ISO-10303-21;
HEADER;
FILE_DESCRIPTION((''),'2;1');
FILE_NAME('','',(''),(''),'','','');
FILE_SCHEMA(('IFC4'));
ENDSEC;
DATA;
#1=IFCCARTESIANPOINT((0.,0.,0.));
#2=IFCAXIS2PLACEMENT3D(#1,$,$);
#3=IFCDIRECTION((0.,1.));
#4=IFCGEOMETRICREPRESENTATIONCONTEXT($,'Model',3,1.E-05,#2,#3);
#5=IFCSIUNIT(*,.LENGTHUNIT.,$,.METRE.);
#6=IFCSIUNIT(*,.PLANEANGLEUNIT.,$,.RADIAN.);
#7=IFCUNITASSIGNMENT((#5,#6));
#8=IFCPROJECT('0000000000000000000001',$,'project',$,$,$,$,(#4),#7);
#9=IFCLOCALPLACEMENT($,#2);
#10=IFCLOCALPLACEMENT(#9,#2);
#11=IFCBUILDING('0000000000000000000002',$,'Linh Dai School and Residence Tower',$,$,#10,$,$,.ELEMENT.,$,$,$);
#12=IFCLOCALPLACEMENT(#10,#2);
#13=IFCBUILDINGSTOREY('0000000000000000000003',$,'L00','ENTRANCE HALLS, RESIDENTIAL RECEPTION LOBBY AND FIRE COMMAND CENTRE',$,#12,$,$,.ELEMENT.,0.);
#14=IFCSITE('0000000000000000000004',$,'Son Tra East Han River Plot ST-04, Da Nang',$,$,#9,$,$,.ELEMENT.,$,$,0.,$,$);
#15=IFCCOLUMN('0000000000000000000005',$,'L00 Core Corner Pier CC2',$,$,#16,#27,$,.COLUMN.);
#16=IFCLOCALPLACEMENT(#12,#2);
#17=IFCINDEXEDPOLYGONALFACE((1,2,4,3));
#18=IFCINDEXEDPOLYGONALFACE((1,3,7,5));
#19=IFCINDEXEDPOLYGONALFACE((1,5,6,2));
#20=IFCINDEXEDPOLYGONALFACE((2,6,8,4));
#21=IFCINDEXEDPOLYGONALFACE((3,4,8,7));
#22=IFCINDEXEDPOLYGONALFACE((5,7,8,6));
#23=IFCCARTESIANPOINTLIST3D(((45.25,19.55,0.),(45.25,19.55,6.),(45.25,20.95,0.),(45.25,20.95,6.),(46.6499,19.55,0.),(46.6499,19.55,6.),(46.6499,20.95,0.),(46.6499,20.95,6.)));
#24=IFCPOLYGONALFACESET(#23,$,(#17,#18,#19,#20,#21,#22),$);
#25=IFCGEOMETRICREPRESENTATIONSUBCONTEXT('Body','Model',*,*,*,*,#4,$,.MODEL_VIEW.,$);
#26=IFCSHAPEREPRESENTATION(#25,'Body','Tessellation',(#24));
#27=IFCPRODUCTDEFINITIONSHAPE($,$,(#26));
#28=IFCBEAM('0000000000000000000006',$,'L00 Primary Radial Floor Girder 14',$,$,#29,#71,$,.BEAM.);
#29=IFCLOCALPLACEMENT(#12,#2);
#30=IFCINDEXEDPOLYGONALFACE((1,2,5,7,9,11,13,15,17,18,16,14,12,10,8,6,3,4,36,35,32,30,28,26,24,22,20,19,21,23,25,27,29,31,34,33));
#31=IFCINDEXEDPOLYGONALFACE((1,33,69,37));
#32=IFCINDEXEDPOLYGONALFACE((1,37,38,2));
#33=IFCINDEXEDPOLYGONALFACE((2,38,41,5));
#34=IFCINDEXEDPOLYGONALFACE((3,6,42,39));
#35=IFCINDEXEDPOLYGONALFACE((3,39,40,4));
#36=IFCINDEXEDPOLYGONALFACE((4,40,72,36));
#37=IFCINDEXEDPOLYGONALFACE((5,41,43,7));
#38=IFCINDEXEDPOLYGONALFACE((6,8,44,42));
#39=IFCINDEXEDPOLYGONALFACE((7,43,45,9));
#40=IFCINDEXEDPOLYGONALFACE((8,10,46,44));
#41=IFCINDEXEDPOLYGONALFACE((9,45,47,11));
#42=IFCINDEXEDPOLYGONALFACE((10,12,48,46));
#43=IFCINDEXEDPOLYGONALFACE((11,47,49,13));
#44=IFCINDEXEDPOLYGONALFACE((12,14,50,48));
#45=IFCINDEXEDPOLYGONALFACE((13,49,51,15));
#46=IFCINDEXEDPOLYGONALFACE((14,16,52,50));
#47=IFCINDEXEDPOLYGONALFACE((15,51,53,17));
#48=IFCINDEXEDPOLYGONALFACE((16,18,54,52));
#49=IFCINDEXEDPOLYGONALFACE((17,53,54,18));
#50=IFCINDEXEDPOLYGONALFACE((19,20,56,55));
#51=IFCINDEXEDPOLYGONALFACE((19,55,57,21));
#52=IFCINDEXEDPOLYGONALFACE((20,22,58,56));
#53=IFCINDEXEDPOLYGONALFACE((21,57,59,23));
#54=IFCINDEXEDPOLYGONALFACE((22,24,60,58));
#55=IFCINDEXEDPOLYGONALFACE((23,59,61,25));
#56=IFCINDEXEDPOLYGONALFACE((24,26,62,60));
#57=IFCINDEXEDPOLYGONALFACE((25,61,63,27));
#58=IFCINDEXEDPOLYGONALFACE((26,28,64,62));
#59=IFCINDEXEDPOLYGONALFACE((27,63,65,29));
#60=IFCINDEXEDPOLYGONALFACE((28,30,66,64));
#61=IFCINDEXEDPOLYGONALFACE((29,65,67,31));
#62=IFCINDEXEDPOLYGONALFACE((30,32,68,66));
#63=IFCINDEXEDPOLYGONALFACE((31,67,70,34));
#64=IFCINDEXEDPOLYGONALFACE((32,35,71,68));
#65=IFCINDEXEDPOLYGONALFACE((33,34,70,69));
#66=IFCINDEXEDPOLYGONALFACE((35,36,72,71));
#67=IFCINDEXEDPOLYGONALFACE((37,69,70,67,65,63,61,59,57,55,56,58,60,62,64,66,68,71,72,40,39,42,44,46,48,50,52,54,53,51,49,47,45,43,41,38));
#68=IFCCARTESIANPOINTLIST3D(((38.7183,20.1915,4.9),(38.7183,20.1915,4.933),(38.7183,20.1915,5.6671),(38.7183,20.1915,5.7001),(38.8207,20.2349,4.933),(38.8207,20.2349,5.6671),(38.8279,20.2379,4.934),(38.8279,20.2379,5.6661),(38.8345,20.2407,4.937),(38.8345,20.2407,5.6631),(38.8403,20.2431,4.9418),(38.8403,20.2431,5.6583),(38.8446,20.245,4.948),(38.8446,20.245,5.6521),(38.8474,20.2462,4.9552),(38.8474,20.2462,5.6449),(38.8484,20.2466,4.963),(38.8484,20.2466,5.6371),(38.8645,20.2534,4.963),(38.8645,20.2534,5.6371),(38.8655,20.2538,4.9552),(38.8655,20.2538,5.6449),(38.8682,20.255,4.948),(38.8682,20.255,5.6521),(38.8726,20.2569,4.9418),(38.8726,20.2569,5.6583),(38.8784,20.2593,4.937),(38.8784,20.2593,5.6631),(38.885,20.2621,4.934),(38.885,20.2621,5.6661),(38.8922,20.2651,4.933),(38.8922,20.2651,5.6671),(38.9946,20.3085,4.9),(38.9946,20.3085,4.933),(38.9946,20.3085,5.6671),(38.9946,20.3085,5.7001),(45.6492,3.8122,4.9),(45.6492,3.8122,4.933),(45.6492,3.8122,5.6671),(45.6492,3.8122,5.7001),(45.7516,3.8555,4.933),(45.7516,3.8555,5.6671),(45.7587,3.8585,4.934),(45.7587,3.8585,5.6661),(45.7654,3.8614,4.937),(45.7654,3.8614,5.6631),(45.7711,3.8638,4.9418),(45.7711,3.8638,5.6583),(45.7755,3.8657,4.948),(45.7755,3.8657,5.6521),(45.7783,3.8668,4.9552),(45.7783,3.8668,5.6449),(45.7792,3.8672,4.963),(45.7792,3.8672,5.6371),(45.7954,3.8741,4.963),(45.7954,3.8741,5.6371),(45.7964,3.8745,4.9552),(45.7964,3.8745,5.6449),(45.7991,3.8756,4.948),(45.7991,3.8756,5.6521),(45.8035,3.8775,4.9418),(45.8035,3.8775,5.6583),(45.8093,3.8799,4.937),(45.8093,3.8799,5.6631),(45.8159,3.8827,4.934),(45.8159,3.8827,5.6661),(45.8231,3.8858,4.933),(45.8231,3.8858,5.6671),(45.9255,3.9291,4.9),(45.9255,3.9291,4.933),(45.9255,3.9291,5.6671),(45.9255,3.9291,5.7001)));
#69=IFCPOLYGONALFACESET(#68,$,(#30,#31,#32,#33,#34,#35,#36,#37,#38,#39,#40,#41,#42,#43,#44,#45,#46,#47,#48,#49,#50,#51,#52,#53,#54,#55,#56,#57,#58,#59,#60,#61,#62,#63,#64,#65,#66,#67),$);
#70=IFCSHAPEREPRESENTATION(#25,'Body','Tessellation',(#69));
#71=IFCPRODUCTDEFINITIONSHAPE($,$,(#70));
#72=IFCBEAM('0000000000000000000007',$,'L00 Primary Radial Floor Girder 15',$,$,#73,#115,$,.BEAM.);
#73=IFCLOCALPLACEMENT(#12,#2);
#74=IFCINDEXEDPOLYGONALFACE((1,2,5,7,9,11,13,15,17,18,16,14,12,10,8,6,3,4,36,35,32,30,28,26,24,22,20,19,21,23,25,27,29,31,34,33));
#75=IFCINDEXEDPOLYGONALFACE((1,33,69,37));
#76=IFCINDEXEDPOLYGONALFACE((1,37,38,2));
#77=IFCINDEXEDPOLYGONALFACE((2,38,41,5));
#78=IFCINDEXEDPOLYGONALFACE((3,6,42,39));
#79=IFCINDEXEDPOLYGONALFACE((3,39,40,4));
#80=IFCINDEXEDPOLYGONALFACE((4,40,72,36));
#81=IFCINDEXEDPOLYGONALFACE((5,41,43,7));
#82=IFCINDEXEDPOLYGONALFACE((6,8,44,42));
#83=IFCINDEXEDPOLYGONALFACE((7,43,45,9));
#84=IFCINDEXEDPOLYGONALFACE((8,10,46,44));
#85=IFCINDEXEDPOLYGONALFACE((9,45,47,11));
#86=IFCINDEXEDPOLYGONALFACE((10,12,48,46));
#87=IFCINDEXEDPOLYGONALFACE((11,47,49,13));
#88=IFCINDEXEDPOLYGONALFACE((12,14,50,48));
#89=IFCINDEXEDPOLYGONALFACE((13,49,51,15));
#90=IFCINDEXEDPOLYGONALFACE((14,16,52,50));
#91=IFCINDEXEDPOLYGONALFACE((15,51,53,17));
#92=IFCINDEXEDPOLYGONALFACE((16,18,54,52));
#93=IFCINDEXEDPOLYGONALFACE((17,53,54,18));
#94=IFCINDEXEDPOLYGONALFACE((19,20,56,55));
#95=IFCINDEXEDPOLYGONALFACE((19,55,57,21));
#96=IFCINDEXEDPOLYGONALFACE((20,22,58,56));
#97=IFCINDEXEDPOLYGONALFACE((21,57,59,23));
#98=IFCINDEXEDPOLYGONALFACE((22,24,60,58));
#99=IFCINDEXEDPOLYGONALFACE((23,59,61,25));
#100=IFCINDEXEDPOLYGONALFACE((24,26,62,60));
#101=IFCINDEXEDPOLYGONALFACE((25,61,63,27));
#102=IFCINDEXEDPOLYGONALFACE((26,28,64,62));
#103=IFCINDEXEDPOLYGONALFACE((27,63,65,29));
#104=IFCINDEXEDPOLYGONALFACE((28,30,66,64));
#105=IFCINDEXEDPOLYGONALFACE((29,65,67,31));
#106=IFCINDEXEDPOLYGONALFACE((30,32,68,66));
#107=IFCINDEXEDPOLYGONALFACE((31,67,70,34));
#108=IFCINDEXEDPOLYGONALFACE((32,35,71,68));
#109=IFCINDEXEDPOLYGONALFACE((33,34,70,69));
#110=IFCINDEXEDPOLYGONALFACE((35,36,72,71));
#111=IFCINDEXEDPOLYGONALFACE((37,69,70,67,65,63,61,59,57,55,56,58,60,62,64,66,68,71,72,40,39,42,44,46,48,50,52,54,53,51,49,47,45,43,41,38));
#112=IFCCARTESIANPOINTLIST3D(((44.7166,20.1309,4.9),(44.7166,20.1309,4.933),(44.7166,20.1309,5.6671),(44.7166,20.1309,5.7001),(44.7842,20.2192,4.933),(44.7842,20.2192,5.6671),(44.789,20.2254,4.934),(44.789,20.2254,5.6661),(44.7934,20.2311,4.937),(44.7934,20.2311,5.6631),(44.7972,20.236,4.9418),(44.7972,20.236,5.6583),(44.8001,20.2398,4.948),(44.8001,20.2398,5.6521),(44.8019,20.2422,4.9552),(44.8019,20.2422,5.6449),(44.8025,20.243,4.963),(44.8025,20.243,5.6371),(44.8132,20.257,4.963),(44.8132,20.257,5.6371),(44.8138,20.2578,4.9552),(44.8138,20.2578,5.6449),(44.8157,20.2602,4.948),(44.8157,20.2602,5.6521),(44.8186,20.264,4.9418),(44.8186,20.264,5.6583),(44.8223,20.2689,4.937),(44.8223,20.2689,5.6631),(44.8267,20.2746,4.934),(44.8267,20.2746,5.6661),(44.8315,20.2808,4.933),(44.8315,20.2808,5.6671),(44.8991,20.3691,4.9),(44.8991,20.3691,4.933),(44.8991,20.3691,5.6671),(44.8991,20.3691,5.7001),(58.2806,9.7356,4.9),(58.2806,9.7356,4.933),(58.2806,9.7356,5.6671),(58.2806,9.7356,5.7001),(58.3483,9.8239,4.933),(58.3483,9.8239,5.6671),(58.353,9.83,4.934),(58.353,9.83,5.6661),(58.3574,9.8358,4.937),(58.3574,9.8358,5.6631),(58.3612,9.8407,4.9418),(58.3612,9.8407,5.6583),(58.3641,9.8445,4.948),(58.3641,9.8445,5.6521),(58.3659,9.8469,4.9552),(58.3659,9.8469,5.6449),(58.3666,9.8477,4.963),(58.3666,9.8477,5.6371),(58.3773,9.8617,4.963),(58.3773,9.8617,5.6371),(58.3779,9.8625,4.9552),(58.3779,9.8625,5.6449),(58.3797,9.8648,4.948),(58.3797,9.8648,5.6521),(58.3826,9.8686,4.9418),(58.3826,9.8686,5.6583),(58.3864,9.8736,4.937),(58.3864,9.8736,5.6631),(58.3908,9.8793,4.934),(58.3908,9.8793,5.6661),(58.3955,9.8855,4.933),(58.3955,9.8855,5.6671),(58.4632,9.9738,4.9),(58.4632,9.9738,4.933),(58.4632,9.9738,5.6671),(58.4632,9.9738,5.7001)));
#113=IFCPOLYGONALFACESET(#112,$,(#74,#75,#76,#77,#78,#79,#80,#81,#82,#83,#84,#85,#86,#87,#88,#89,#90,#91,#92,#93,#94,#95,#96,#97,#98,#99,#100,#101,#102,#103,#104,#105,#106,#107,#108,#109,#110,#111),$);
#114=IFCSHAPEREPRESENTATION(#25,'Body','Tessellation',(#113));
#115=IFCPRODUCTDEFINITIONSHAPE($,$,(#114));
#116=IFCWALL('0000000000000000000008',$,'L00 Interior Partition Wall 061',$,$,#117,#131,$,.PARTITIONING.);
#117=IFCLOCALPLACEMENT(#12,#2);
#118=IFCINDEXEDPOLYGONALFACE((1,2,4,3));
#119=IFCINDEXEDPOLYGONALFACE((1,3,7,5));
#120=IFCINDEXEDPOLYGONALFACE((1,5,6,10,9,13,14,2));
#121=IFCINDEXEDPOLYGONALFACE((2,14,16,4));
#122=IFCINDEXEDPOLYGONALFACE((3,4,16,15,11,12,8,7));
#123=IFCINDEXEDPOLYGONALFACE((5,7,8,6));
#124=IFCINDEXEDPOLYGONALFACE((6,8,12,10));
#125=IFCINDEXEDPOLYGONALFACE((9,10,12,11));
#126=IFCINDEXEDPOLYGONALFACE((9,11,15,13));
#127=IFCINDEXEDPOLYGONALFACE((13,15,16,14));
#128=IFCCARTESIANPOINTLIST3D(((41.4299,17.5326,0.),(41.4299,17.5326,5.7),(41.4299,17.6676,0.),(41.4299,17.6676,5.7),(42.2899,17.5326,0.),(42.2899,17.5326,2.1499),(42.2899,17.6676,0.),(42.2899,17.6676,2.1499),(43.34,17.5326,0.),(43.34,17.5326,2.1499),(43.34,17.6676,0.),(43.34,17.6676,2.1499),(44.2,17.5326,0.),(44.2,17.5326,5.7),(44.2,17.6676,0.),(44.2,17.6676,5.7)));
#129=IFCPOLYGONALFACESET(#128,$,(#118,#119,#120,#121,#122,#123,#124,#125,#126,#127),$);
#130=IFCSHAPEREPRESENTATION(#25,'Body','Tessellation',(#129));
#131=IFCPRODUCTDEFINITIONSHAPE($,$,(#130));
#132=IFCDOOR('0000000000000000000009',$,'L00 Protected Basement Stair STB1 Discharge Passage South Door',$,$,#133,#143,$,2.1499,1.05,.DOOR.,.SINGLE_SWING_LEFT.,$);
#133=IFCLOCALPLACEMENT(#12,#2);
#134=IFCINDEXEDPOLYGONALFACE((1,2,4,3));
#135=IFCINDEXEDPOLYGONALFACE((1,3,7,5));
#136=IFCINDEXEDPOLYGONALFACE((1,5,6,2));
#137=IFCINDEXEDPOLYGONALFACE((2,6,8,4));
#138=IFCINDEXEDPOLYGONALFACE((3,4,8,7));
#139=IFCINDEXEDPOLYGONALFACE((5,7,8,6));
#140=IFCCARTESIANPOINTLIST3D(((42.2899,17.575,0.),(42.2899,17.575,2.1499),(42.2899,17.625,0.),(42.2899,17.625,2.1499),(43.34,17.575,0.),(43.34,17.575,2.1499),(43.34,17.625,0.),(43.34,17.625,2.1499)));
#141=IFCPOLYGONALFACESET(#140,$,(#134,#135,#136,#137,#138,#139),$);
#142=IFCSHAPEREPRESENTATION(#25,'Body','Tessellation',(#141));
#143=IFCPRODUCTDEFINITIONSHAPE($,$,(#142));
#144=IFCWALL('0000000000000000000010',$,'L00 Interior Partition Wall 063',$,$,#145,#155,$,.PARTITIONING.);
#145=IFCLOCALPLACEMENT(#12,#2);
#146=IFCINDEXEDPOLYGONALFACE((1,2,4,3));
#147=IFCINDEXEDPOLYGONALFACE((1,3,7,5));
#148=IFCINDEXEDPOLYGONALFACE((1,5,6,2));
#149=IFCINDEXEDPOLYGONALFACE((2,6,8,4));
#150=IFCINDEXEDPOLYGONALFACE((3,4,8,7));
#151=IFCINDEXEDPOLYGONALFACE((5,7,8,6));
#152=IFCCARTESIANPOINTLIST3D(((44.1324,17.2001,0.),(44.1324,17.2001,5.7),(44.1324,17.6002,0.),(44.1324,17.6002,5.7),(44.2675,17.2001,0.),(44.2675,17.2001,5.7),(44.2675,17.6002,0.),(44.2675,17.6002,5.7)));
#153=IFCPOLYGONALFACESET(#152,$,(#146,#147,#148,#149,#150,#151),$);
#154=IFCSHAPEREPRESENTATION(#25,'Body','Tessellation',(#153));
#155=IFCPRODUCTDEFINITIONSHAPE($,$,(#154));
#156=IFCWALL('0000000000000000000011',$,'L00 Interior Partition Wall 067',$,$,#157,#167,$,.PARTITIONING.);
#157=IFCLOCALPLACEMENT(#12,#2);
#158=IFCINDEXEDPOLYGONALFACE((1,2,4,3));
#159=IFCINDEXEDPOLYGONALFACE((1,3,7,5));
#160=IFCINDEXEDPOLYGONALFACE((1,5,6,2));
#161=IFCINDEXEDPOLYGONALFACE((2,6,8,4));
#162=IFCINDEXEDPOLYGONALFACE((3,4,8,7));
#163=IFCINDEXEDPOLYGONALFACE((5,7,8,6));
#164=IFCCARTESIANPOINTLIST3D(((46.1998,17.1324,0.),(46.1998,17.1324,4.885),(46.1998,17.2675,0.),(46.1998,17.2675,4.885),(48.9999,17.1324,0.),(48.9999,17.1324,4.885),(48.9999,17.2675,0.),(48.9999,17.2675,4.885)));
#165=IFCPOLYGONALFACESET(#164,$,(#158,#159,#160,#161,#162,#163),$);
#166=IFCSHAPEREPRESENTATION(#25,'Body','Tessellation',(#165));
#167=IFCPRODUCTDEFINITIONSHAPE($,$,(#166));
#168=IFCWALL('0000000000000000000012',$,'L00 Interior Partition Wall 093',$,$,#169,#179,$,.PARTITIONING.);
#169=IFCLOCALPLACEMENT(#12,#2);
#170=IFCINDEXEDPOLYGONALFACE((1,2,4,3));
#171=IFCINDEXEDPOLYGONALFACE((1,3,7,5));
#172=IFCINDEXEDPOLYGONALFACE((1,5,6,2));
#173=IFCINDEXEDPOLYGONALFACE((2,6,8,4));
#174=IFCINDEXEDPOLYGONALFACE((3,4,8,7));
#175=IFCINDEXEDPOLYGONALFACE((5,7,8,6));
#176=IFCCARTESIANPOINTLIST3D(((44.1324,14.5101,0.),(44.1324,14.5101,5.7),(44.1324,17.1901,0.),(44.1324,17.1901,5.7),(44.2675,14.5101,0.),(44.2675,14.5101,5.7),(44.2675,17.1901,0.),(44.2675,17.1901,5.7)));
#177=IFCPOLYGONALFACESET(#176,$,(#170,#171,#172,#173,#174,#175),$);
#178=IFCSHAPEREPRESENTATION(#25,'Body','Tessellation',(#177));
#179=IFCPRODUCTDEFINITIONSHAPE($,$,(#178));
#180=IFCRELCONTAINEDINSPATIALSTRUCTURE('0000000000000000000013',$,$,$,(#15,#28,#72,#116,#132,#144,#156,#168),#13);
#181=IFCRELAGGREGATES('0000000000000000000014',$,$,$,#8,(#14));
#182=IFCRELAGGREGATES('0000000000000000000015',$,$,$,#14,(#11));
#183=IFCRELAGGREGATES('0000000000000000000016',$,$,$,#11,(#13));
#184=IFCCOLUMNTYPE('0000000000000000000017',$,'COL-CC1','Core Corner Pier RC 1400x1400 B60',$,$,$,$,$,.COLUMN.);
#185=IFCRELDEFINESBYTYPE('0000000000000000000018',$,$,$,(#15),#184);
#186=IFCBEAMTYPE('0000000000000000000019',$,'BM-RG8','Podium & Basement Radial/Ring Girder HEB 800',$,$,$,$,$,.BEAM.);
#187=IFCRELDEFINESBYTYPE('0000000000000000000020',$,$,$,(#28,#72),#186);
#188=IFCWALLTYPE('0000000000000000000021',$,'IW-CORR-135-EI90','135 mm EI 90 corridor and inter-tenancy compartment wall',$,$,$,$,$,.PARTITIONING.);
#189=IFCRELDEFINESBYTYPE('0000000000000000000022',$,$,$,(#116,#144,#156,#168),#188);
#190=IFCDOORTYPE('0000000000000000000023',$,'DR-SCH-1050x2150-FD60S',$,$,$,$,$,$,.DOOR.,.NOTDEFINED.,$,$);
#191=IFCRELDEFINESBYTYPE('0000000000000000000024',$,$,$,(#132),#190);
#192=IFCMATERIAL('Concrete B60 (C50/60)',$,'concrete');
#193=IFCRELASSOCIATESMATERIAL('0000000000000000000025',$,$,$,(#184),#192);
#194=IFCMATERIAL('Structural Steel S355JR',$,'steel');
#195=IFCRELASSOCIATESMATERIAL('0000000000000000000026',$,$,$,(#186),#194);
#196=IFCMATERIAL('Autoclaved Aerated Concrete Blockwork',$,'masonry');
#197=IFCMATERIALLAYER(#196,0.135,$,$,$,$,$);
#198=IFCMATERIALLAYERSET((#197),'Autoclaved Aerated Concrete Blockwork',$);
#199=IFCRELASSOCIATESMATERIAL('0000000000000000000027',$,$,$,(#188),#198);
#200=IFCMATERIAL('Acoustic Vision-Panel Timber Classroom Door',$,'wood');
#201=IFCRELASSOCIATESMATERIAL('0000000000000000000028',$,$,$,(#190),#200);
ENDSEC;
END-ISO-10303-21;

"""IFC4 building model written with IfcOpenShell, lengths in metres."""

from ifc_helpers import new_model, si_unit, direction, frame, frame_2d, origin, origin_2d, place, context, subcontext, project, spatial, rectangle, i_section, extrude, source, transform, mapped, material, layer, layer_set, material_profile, profile_set, type_object, element, fill, save


model = new_model("IFC4")

# Units and contexts
model_context = context("Model", 3, precision=1e-05, world=origin(), true_north=direction((0.0, 1.0)))
body_context = subcontext(model_context, "Body", "Model", "MODEL_VIEW")
ifc_project = project(units=[si_unit("LENGTHUNIT", "METRE"), si_unit("PLANEANGLEUNIT", "RADIAN")], contexts=[model_context])

# Site, building, storey
site_placement = place(None, origin())
site = spatial("IfcSite", under=ifc_project, at=site_placement, Name="Son Tra East Han River Plot ST-04, Da Nang", CompositionType="ELEMENT", RefElevation=0.0)
building_placement = place(site_placement, origin())
building = spatial("IfcBuilding", under=site, at=building_placement, Name="Linh Dai School and Residence Tower", CompositionType="ELEMENT")
storey_placement = place(building_placement, origin())
storey = spatial("IfcBuildingStorey", under=building, at=storey_placement, Name="L00", Description="ENTRANCE HALLS, RESIDENTIAL RECEPTION LOBBY AND FIRE COMMAND CENTRE", CompositionType="ELEMENT", Elevation=0.0)

# Column
ifc_material_1 = material(Name="Concrete B60 (C50/60)", Category="concrete")
ifc_material_profile_1 = material_profile(ifc_material_1, rectangle(XDim=1.3999, YDim=1.3999, at=origin_2d()), Name="RC 1400x1400")
ifc_profile_set_1 = profile_set([ifc_material_profile_1], Name="Concrete B60 (C50/60)")
column_type = type_object("IfcColumnType", Name="COL-CC1", Description="Core Corner Pier RC 1400x1400 B60", PredefinedType="COLUMN", material=ifc_profile_set_1)
column_placement = place(storey_placement, frame((45.95, 20.25, 0.0), z_axis=(0.0, 0.0, 1.0), x_axis=(1.0, 0.0, 0.0)))
element("IfcColumn", 1, at=column_placement, inside=storey, type_object=column_type, Name="L00 Core Corner Pier CC2", PredefinedType="COLUMN", context=body_context, shape_type="SweptSolid", body=[
    extrude(rectangle(XDim=1.3999, YDim=1.3999, at=origin_2d()), origin(), (0.0, 0.0, 1.0), 6.0),
])

# Beams
ifc_material_2 = material(Name="Structural Steel S355JR", Category="steel")
ifc_material_profile_2 = material_profile(ifc_material_2, i_section(OverallWidth=0.3, OverallDepth=0.8, WebThickness=0.0176, FlangeThickness=0.033, FilletRadius=0.03, at=origin_2d()), Name="HEB 800")
ifc_profile_set_2 = profile_set([ifc_material_profile_2], Name="Structural Steel S355JR")
beam_type = type_object("IfcBeamType", Name="BM-RG8", Description="Podium & Basement Radial/Ring Girder HEB 800", PredefinedType="BEAM", material=ifc_profile_set_2)
beam_1_placement = place(storey_placement, frame((38.8564, 20.25, 5.3), z_axis=(0.389696, -0.920944, 0.0), x_axis=(0.920944, 0.389696, 0.0)))
element("IfcBeam", 2, at=beam_1_placement, inside=storey, type_object=beam_type, Name="L00 Primary Radial Floor Girder 14", PredefinedType="BEAM", context=body_context, shape_type="SweptSolid", body=[
    extrude(i_section(OverallWidth=0.3, OverallDepth=0.8, WebThickness=0.0176, FlangeThickness=0.033, FilletRadius=0.03, at=origin_2d()), origin(), (0.0, 0.0, 1.0), 17.7854),
])
beam_2_placement = place(storey_placement, frame((44.8079, 20.25, 5.3), z_axis=(0.793713, -0.608292, 0.0), x_axis=(0.608292, 0.793713, 0.0)))
element("IfcBeam", 3, at=beam_2_placement, inside=storey, type_object=beam_type, Name="L00 Primary Radial Floor Girder 15", PredefinedType="BEAM", context=body_context, shape_type="SweptSolid", body=[
    extrude(i_section(OverallWidth=0.3, OverallDepth=0.8, WebThickness=0.0176, FlangeThickness=0.033, FilletRadius=0.03, at=origin_2d()), origin(), (0.0, 0.0, 1.0), 17.0894),
])

# Wall, opening, door
ifc_material_3 = material(Name="Autoclaved Aerated Concrete Blockwork", Category="masonry")
ifc_layer_1 = layer(ifc_material_3, 0.135)
ifc_layer_set_1 = layer_set([ifc_layer_1], Name="Autoclaved Aerated Concrete Blockwork")
wall_type_1 = type_object("IfcWallType", Name="IW-CORR-135-EI90", Description="135 mm EI 90 corridor and inter-tenancy compartment wall", PredefinedType="PARTITIONING", material=ifc_layer_set_1)
wall_1_placement = place(storey_placement, frame((41.4299, 17.6001, 0.0), z_axis=(0.0, 0.0, 1.0), x_axis=(1.0, 0.0, 0.0)))
wall_1 = element("IfcWall", 4, at=wall_1_placement, inside=storey, type_object=wall_type_1, Name="L00 Interior Partition Wall 061", PredefinedType="PARTITIONING", context=body_context, shape_type="SweptSolid", body=[
    extrude(rectangle(XDim=2.77, YDim=0.135, at=frame_2d((1.385, 0.0))), origin(), (0.0, 0.0, 1.0), 5.7),
])
opening_1_placement = place(wall_1_placement, frame((0.8601, 0.0, 0.0)))
opening_1 = element("IfcOpeningElement", 5, at=opening_1_placement, cuts=wall_1, PredefinedType="OPENING", context=body_context, shape_type="SweptSolid", body=[
    extrude(rectangle(XDim=1.05, YDim=2.1499, at=origin_2d()), frame((0.5249, 0.0776, 1.075), z_axis=(0.0, -1.0, 0.0), x_axis=(1.0, 0.0, 0.0)), (0.0, 0.0, 1.0), 0.155),
])
ifc_material_4 = material(Name="Acoustic Vision-Panel Timber Classroom Door", Category="wood")
door_type_1 = type_object("IfcDoorType", Name="DR-SCH-1050x2150-FD60S", OperationType="NOTDEFINED", PredefinedType="DOOR", material=ifc_material_4)
shared_shape_1 = source(origin(), body_context, "Body", "SweptSolid", [
    extrude(rectangle(XDim=1.05, YDim=2.1499, at=origin_2d()), frame((0.5249, 0.0249, 1.075), z_axis=(0.0, -1.0, 0.0), x_axis=(1.0, 0.0, 0.0)), (0.0, 0.0, 1.0), 0.05),
])
door_1_placement = place(opening_1_placement, origin())
door_1 = element("IfcDoor", 6, at=door_1_placement, inside=storey, type_object=door_type_1, Name="L00 Protected Basement Stair STB1 Discharge Passage South Door", OperationType="SINGLE_SWING_LEFT", OverallHeight=2.1499, OverallWidth=1.05, PredefinedType="DOOR", context=body_context, shape_type="MappedRepresentation", body=[
    mapped(shared_shape_1, transform((0.0, 0.0, 0.0), x_axis=(1.0, 0.0, 0.0), y_axis=(0.0, 1.0, 0.0), z_axis=(0.0, 0.0, 1.0), scale=1.0)),
])
fill(opening_1, door_1)

# Walls
wall_2_placement = place(storey_placement, frame((44.2, 17.2, 0.0), z_axis=(0.0, 0.0, 1.0), x_axis=(0.0, 1.0, 0.0)))
element("IfcWall", 7, at=wall_2_placement, inside=storey, type_object=wall_type_1, Name="L00 Interior Partition Wall 063", PredefinedType="PARTITIONING", context=body_context, shape_type="SweptSolid", body=[
    extrude(rectangle(XDim=0.4001, YDim=0.135, at=frame_2d((0.2002, 0.0))), origin(), (0.0, 0.0, 1.0), 5.7),
])
wall_3_placement = place(storey_placement, frame((46.2, 17.2, 0.0), z_axis=(0.0, 0.0, 1.0), x_axis=(1.0, 0.0, 0.0)))
element("IfcWall", 8, at=wall_3_placement, inside=storey, type_object=wall_type_1, Name="L00 Interior Partition Wall 067", PredefinedType="PARTITIONING", context=body_context, shape_type="SweptSolid", body=[
    extrude(rectangle(XDim=2.8, YDim=0.135, at=frame_2d((1.3999, 0.0))), origin(), (0.0, 0.0, 1.0), 4.885),
])
wall_4_placement = place(storey_placement, frame((44.2, 17.1899, 0.0), z_axis=(0.0, 0.0, 1.0), x_axis=(0.0, -1.0, 0.0)))
element("IfcWall", 9, at=wall_4_placement, inside=storey, type_object=wall_type_1, Name="L00 Interior Partition Wall 093", PredefinedType="PARTITIONING", context=body_context, shape_type="SweptSolid", body=[
    extrude(rectangle(XDim=2.6799, YDim=0.135, at=frame_2d((1.3398, 0.0))), origin(), (0.0, 0.0, 1.0), 5.7),
])

save(model, "model.ifc")
